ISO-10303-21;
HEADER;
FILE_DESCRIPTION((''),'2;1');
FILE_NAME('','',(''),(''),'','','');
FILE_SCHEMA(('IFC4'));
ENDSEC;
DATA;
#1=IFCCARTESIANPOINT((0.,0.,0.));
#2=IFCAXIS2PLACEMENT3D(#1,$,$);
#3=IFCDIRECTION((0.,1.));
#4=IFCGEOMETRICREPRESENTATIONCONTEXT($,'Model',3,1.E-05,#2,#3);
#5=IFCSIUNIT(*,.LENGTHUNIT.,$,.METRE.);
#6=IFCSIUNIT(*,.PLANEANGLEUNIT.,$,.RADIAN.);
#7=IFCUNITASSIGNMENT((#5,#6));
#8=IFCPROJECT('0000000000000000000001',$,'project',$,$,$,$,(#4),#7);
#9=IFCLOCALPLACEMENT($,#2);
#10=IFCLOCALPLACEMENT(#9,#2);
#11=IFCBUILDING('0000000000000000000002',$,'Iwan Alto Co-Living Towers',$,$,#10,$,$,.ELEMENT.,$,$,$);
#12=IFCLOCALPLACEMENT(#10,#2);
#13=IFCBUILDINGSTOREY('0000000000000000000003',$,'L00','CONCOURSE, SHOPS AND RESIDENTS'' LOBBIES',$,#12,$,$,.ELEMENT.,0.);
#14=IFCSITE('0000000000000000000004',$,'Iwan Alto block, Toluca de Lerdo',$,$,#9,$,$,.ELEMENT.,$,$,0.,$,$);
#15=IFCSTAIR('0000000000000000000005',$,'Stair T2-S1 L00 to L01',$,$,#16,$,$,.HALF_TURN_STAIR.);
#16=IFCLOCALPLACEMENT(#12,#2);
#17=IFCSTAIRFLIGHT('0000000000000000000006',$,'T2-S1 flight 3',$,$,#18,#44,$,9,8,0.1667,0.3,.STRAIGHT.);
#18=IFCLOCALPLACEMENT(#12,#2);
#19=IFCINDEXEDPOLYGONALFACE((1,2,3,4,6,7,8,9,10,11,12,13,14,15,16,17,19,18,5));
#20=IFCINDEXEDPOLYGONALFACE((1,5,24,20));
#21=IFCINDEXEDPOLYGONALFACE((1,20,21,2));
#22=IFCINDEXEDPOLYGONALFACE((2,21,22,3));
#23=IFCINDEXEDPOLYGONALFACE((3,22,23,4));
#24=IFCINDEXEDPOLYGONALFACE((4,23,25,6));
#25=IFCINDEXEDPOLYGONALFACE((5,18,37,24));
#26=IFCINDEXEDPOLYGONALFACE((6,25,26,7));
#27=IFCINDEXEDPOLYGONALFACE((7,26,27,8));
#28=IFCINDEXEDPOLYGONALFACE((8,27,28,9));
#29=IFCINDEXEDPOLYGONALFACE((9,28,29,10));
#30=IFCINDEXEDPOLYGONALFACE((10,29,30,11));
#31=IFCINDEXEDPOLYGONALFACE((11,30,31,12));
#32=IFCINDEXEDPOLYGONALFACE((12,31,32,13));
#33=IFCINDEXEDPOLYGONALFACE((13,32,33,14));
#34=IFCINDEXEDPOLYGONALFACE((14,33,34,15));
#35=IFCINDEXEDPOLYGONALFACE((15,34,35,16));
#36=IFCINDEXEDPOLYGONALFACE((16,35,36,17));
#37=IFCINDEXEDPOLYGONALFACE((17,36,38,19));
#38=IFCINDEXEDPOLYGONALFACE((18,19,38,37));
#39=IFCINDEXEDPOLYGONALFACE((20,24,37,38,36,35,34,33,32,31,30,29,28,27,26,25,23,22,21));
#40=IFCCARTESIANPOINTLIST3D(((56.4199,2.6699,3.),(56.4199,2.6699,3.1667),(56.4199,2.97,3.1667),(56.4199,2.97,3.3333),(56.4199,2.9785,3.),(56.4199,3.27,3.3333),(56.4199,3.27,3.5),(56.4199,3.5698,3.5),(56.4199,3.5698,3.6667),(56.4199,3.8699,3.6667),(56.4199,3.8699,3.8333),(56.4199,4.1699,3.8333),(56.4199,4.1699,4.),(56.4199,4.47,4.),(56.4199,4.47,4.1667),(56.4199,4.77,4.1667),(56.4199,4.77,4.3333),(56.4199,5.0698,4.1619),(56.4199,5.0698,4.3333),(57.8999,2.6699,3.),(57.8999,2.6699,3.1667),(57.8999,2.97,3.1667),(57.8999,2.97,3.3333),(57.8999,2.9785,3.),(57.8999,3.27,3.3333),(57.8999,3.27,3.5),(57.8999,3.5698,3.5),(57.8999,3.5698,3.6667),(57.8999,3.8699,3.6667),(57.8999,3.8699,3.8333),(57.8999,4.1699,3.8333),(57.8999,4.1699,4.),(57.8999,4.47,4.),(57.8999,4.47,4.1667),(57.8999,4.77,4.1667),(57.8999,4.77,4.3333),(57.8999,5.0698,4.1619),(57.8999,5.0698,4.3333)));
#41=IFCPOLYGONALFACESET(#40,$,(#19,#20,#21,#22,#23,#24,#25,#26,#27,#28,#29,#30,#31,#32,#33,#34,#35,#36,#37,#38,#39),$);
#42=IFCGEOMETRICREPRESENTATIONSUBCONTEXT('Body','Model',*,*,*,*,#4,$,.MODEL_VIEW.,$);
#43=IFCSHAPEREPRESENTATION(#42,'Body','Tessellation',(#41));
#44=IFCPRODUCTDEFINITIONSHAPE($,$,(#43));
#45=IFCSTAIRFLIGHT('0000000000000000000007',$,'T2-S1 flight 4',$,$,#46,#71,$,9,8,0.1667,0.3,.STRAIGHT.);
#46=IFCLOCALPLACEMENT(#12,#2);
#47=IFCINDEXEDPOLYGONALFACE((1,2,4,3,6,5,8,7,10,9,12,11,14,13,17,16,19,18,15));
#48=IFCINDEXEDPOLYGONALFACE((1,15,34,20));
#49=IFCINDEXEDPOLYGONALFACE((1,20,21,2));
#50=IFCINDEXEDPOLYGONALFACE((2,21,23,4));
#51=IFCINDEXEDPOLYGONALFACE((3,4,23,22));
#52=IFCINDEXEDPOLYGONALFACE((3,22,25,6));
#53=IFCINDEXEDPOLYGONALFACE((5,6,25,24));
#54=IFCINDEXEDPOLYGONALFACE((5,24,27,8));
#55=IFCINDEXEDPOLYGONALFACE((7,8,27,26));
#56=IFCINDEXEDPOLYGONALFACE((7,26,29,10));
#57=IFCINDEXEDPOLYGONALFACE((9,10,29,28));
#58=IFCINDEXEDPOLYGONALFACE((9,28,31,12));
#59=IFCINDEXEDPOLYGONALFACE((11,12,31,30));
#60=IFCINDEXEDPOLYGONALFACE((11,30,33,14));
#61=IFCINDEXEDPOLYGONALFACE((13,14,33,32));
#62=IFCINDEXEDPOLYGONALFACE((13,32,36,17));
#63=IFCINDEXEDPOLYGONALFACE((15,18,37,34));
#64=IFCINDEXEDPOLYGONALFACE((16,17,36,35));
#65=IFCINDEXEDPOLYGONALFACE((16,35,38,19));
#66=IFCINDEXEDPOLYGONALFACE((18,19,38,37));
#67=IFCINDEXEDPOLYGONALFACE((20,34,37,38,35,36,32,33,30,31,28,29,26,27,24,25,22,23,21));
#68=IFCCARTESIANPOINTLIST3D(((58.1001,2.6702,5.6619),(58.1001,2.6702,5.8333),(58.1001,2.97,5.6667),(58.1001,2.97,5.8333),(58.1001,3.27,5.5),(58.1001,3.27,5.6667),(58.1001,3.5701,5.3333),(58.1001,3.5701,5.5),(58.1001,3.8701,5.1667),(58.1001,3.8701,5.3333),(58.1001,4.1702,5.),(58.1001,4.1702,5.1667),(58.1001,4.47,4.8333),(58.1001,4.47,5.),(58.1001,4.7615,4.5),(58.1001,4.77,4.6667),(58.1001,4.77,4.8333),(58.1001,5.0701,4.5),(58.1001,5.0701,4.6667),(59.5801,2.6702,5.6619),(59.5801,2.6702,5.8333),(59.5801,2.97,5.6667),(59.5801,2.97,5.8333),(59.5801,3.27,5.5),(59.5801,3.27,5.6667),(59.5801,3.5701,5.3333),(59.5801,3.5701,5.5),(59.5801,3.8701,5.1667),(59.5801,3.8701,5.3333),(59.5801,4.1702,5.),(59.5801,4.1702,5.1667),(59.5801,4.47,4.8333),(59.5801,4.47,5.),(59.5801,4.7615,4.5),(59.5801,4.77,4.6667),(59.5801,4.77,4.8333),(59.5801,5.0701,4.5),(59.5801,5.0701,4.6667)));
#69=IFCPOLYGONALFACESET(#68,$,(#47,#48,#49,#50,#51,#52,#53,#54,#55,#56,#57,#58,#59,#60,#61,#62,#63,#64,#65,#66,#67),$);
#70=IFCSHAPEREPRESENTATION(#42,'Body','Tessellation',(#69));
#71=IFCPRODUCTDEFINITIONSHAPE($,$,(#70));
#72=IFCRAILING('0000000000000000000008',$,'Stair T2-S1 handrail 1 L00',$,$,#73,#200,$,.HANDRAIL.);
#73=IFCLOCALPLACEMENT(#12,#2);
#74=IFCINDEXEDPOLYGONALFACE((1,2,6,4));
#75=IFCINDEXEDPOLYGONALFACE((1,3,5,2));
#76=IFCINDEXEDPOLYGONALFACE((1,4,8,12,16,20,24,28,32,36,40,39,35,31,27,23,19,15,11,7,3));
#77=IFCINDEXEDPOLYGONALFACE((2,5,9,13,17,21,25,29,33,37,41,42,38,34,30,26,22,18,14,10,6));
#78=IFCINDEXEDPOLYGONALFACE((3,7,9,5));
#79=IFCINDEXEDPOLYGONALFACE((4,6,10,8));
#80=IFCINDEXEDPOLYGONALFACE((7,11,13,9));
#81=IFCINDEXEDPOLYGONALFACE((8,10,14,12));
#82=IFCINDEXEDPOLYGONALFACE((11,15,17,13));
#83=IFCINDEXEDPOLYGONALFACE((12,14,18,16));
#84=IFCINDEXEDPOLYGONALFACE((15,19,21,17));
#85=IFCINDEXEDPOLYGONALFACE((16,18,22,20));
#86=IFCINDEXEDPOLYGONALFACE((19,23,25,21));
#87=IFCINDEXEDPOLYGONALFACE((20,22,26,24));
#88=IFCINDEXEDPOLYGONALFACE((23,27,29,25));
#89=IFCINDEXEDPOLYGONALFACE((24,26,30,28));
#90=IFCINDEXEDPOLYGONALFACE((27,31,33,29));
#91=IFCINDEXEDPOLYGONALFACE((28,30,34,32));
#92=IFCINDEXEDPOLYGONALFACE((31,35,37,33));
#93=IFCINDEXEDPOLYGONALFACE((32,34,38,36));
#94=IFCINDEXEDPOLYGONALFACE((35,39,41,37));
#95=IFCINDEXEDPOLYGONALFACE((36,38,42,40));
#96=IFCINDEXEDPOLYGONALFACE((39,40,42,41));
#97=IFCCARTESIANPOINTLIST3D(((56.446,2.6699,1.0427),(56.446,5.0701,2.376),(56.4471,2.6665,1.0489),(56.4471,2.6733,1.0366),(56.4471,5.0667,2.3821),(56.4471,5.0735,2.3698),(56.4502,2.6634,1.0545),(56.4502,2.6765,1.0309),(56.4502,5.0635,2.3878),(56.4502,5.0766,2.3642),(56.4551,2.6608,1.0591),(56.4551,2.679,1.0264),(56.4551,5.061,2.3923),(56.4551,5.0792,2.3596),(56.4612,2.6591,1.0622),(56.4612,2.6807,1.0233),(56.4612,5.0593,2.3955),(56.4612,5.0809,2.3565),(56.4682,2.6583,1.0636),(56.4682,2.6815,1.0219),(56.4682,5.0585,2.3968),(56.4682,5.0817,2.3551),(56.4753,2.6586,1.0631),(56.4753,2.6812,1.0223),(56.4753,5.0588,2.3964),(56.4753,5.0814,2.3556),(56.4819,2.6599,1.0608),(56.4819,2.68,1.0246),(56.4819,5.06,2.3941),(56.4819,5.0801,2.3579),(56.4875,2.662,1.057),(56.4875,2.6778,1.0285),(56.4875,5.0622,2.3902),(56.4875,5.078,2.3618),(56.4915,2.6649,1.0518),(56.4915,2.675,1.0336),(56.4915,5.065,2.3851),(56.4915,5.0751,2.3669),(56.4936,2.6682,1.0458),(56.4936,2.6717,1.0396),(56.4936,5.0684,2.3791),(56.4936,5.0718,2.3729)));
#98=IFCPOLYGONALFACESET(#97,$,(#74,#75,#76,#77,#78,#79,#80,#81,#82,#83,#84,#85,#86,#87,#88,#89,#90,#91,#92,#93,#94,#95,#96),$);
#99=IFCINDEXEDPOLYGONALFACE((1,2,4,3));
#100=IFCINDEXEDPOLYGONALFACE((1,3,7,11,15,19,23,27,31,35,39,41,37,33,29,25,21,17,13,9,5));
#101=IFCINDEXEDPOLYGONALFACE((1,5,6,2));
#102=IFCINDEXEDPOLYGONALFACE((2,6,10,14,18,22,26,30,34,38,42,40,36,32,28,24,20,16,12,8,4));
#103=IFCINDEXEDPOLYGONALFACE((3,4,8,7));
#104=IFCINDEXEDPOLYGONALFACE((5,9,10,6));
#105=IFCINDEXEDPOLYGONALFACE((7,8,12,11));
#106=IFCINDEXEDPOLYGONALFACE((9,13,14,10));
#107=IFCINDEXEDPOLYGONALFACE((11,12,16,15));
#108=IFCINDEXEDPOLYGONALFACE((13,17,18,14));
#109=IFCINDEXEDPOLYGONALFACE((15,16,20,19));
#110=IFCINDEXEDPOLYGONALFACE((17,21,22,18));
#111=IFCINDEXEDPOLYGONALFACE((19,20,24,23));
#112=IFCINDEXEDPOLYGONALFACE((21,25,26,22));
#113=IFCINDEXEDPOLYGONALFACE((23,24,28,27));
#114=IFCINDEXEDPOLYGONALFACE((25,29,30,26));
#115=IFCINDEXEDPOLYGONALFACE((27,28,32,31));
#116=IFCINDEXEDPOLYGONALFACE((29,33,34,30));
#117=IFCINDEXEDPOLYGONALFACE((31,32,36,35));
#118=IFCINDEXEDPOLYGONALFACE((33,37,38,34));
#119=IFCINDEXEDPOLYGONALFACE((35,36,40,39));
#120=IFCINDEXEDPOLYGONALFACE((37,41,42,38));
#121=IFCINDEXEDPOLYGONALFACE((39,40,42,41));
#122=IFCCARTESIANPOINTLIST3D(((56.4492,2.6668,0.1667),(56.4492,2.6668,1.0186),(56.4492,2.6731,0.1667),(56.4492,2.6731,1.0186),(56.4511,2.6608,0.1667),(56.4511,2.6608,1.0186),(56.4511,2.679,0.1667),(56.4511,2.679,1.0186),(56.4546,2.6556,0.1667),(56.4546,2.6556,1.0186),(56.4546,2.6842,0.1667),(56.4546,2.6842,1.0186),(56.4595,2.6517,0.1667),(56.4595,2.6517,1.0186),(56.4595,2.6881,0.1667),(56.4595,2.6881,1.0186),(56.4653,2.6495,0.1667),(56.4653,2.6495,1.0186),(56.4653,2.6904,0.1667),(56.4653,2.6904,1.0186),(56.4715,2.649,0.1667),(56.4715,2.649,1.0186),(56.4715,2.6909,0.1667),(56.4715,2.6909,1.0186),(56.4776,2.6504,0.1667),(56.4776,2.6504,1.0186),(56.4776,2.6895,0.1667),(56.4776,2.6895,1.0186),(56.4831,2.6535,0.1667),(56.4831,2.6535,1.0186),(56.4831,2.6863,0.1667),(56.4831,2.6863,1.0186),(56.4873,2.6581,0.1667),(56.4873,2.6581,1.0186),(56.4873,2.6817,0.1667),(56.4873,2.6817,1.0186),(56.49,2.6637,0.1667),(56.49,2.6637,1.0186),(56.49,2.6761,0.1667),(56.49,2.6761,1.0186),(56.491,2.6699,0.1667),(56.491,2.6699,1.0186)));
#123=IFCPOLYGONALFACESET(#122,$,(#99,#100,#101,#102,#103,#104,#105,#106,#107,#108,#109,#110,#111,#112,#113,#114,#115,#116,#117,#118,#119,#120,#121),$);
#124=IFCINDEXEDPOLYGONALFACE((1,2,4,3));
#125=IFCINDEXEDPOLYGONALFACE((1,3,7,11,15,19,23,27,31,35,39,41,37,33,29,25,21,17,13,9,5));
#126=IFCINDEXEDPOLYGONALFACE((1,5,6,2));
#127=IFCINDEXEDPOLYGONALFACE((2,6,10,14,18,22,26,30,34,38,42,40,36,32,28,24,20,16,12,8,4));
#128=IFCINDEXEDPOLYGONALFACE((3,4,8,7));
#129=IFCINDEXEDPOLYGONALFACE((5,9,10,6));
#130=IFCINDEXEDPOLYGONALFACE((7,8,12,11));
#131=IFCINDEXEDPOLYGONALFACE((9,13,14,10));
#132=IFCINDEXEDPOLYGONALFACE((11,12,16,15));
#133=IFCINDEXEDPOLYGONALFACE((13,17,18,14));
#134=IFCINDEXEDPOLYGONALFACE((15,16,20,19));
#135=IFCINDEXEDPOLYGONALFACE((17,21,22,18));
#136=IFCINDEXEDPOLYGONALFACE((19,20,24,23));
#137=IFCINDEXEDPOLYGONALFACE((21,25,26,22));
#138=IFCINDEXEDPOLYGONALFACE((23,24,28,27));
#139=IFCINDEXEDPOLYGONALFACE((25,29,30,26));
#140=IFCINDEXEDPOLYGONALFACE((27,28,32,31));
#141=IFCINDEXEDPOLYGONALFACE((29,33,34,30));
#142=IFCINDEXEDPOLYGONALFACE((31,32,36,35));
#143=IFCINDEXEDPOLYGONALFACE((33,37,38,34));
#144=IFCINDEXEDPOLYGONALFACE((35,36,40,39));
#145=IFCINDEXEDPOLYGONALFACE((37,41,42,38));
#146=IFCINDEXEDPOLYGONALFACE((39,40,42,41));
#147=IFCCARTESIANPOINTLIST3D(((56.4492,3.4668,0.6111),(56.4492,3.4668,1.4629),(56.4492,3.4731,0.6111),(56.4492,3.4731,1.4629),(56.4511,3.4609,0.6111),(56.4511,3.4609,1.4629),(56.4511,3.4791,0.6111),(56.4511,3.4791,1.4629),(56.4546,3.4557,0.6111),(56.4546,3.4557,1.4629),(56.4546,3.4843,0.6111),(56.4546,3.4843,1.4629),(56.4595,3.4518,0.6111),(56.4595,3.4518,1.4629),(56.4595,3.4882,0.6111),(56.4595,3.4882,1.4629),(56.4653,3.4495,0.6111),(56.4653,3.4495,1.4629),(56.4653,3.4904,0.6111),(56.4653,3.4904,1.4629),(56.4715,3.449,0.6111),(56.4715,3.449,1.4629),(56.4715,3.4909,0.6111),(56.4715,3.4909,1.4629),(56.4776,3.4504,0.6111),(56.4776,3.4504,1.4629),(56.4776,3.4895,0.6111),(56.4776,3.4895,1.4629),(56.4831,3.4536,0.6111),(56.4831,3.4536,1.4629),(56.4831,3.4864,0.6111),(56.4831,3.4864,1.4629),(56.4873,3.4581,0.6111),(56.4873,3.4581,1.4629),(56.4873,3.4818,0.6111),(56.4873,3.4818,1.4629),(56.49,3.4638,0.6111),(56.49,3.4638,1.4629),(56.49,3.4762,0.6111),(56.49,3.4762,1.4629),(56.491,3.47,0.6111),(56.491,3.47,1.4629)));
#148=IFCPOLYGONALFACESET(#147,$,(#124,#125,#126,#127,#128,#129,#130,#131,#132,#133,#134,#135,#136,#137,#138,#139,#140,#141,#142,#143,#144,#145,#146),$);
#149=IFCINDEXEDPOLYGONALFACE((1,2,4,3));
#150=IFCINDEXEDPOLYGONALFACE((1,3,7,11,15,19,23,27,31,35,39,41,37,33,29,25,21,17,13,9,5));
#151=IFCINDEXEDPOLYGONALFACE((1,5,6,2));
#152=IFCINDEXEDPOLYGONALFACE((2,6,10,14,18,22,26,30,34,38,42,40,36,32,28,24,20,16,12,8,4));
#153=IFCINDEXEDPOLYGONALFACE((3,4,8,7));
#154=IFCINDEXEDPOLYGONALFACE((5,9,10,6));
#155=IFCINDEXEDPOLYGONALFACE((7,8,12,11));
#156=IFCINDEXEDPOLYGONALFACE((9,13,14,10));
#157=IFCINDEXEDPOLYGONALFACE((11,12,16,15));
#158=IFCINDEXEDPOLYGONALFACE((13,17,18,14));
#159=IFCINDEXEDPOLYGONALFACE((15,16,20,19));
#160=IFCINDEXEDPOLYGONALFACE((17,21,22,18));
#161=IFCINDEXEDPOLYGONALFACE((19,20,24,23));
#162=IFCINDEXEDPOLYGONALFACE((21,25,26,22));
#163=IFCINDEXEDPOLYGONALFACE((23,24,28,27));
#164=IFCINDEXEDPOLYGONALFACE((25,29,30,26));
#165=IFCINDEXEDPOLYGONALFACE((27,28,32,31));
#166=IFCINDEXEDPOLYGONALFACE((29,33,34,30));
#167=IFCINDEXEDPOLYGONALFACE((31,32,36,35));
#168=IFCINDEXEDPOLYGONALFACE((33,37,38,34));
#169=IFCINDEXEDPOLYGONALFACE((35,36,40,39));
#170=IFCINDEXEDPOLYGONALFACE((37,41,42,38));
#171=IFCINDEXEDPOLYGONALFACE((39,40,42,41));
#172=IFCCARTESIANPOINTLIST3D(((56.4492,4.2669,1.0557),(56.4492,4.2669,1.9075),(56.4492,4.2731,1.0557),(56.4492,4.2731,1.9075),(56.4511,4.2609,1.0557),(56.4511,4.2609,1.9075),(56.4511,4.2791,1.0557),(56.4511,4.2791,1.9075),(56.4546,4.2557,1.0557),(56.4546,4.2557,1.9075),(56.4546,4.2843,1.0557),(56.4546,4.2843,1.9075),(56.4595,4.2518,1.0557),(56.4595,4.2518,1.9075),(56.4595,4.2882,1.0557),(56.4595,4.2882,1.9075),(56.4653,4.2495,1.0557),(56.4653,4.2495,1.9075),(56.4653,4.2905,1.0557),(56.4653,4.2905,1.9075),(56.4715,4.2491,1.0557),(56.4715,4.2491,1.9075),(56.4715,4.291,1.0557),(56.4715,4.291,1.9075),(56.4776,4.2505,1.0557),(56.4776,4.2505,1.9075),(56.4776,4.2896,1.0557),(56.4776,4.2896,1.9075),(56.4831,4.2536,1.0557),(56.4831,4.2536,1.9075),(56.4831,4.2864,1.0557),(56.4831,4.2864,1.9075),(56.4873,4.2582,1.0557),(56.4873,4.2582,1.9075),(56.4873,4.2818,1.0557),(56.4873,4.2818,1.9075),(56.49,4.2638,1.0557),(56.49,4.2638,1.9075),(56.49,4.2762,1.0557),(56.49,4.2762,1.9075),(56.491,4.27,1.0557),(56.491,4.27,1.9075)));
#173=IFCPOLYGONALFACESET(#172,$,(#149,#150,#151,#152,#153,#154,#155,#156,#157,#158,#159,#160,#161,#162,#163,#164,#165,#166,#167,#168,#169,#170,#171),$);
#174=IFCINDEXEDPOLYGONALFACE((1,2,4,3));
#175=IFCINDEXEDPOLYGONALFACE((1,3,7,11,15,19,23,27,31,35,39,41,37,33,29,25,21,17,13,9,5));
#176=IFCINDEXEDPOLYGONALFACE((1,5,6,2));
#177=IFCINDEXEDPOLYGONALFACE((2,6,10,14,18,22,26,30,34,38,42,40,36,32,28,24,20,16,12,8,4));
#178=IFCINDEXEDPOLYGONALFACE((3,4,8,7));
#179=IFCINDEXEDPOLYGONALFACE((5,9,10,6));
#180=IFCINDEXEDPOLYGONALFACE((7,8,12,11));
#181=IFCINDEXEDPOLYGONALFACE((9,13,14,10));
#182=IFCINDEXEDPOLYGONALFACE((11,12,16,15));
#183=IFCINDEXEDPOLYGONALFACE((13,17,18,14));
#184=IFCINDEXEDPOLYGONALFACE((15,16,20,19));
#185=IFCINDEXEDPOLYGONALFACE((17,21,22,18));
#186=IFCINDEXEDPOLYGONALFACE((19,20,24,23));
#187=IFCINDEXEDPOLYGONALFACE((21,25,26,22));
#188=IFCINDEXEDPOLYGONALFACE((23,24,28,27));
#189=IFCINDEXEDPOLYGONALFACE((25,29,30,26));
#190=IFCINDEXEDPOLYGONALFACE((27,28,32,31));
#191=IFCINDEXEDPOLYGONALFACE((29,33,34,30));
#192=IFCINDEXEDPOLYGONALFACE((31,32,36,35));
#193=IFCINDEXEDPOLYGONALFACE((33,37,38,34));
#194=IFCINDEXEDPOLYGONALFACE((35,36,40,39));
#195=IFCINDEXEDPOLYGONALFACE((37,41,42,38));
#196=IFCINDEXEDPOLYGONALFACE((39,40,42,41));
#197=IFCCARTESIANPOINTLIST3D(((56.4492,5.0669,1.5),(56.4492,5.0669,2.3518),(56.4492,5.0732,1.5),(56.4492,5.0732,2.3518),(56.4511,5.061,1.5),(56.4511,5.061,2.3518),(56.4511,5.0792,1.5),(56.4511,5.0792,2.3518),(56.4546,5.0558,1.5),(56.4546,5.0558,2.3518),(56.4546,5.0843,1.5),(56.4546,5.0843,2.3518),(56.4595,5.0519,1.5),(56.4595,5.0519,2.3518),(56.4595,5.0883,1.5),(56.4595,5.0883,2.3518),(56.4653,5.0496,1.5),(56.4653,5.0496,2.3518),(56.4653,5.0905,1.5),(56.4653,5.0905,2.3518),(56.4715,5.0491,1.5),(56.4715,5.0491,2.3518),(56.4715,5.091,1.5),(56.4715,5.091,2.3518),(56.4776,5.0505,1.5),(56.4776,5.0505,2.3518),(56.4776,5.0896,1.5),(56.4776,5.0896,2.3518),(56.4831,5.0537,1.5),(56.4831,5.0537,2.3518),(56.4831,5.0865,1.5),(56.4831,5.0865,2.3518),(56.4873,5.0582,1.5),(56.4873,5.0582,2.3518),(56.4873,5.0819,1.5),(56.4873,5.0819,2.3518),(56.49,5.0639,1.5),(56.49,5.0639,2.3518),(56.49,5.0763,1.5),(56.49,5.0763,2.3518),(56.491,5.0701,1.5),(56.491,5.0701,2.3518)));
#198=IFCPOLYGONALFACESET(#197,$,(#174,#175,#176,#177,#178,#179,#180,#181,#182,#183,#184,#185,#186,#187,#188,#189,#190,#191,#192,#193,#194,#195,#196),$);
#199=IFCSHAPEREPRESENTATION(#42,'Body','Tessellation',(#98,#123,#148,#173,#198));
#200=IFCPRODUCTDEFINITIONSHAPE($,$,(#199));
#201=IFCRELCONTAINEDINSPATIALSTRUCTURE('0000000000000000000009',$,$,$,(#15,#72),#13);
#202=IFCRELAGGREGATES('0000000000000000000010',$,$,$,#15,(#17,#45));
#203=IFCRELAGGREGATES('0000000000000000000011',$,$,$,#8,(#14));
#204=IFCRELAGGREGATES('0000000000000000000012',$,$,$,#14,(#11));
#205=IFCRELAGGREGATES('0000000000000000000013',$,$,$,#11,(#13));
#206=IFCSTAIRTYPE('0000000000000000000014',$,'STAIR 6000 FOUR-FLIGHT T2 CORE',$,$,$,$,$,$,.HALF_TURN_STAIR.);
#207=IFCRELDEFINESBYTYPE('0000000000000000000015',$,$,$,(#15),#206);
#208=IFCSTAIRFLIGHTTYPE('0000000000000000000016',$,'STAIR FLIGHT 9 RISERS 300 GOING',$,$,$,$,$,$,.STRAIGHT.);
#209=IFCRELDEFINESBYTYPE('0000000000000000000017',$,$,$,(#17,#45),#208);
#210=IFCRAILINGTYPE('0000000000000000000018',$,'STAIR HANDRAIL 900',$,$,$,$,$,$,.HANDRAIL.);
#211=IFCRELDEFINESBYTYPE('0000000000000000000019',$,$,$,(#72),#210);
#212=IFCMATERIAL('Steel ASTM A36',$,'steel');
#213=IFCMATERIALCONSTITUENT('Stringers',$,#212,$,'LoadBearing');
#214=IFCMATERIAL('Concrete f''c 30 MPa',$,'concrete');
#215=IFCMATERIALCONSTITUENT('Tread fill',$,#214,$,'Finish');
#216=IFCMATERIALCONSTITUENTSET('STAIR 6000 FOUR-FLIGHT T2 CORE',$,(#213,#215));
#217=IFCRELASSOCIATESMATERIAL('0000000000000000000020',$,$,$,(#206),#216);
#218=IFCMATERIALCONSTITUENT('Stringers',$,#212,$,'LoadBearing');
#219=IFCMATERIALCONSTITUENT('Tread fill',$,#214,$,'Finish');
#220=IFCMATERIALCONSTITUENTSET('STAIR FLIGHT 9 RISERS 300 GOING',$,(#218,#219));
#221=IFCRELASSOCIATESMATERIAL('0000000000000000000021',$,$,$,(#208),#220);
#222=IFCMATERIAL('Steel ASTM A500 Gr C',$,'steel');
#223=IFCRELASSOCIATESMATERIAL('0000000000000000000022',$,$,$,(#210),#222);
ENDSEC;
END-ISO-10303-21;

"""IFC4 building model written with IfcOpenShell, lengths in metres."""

from ifc_helpers import new_model, si_unit, direction, frame, origin, origin_2d, place, context, subcontext, project, spatial, polyline, circle, outline, extrude, material, constituent, constituent_set, type_object, element, aggregate, save


model = new_model("IFC4")

# Units and contexts
model_context = context("Model", 3, precision=1e-05, world=origin(), true_north=direction((0.0, 1.0)))
body_context = subcontext(model_context, "Body", "Model", "MODEL_VIEW")
ifc_project = project(units=[si_unit("LENGTHUNIT", "METRE"), si_unit("PLANEANGLEUNIT", "RADIAN")], contexts=[model_context])

# Site, building, storey
site_placement = place(None, origin())
site = spatial("IfcSite", under=ifc_project, at=site_placement, Name="Iwan Alto block, Toluca de Lerdo", CompositionType="ELEMENT", RefElevation=0.0)
building_placement = place(site_placement, origin())
building = spatial("IfcBuilding", under=site, at=building_placement, Name="Iwan Alto Co-Living Towers", CompositionType="ELEMENT")
storey_placement = place(building_placement, origin())
storey = spatial("IfcBuildingStorey", under=building, at=storey_placement, Name="L00", Description="CONCOURSE, SHOPS AND RESIDENTS' LOBBIES", CompositionType="ELEMENT", Elevation=0.0)

# Stair, stair flights
ifc_material_1 = material(Name="Steel ASTM A36", Category="steel")
ifc_constituent_1 = constituent(ifc_material_1, Name="Stringers", Category="LoadBearing")
ifc_material_2 = material(Name="Concrete f'c 30 MPa", Category="concrete")
ifc_constituent_2 = constituent(ifc_material_2, Name="Tread fill", Category="Finish")
ifc_constituent_set_1 = constituent_set(constituents=[ifc_constituent_1, ifc_constituent_2], Name="STAIR 6000 FOUR-FLIGHT T2 CORE")
stair_type = type_object("IfcStairType", Name="STAIR 6000 FOUR-FLIGHT T2 CORE", PredefinedType="HALF_TURN_STAIR", material=ifc_constituent_set_1)
stair_placement = place(storey_placement, origin())
stair = element("IfcStair", 1, at=stair_placement, inside=storey, type_object=stair_type, Name="Stair T2-S1 L00 to L01", PredefinedType="HALF_TURN_STAIR")
ifc_constituent_3 = constituent(ifc_material_1, Name="Stringers", Category="LoadBearing")
ifc_constituent_4 = constituent(ifc_material_2, Name="Tread fill", Category="Finish")
ifc_constituent_set_2 = constituent_set(constituents=[ifc_constituent_3, ifc_constituent_4], Name="STAIR FLIGHT 9 RISERS 300 GOING")
stair_flight_type = type_object("IfcStairFlightType", Name="STAIR FLIGHT 9 RISERS 300 GOING", PredefinedType="STRAIGHT", material=ifc_constituent_set_2)
stair_flight_1_placement = place(storey_placement, frame((57.1599, 2.6699, 3.0), z_axis=(0.0, 0.0, 1.0), x_axis=(0.0, 1.0, 0.0)))
stair_flight_1 = element("IfcStairFlight", 2, at=stair_flight_1_placement, type_object=stair_flight_type, Name="T2-S1 flight 3", NumberOfRisers=9, NumberOfTreads=8, PredefinedType="STRAIGHT", RiserHeight=0.1667, TreadLength=0.3, context=body_context, shape_type="SweptSolid", body=[
    extrude(outline(polyline([(0.0, 0.0), (0.0, 0.1667), (0.3, 0.1667), (0.3, 0.3333), (0.6001, 0.3333), (0.6001, 0.5), (0.8999, 0.5), (0.8999, 0.6667), (1.2, 0.6667), (1.2, 0.8333), (1.5, 0.8333), (1.5, 1.0), (1.8, 1.0), (1.8, 1.1667), (2.1001, 1.1667), (2.1001, 1.3333), (2.3999, 1.3333), (2.3999, 1.5), (2.3999, 1.1619), (0.3086, 0.0), (0.0, 0.0)])), frame((0.0, 0.74, 0.0), z_axis=(0.0, -1.0, 0.0), x_axis=(1.0, 0.0, 0.0)), (0.0, 0.0, 1.0), 1.48),
])
stair_flight_2_placement = place(storey_placement, frame((58.8401, 5.0701, 4.5), z_axis=(0.0, 0.0, 1.0), x_axis=(0.0, -1.0, 0.0)))
stair_flight_2 = element("IfcStairFlight", 3, at=stair_flight_2_placement, type_object=stair_flight_type, Name="T2-S1 flight 4", NumberOfRisers=9, NumberOfTreads=8, PredefinedType="STRAIGHT", RiserHeight=0.1667, TreadLength=0.3, context=body_context, shape_type="SweptSolid", body=[
    extrude(outline(polyline([(0.0, 0.0), (0.0, 0.1667), (0.3, 0.1667), (0.3, 0.3333), (0.6001, 0.3333), (0.6001, 0.5), (0.8999, 0.5), (0.8999, 0.6667), (1.2, 0.6667), (1.2, 0.8333), (1.5, 0.8333), (1.5, 1.0), (1.8, 1.0), (1.8, 1.1667), (2.1001, 1.1667), (2.1001, 1.3333), (2.3999, 1.3333), (2.3999, 1.5), (2.3999, 1.1619), (0.3086, 0.0), (0.0, 0.0)])), frame((0.0, 0.74, 0.0), z_axis=(0.0, -1.0, 0.0), x_axis=(1.0, 0.0, 0.0)), (0.0, 0.0, 1.0), 1.48),
])
aggregate(stair, [stair_flight_1, stair_flight_2])

# Railing
ifc_material_3 = material(Name="Steel ASTM A500 Gr C", Category="steel")
railing_type_1 = type_object("IfcRailingType", Name="STAIR HANDRAIL 900", PredefinedType="HANDRAIL", material=ifc_material_3)
railing_1_placement = place(storey_placement, frame((56.47, 2.6699, 0.1667)))
element("IfcRailing", 4, at=railing_1_placement, inside=storey, type_object=railing_type_1, Name="Stair T2-S1 handrail 1 L00", PredefinedType="HANDRAIL", context=body_context, shape_type="SweptSolid", body=[
    extrude(circle(Radius=0.0239, at=origin_2d()), frame((0.0, 0.0, 0.876), z_axis=(0.0, 0.874182, 0.485598), x_axis=(-1.0, 0.0, 0.0)), (0.0, 0.0, 1.0), 2.7456),
    extrude(circle(Radius=0.021, at=origin_2d()), origin(), (0.0, 0.0, 1.0), 0.8518),
    extrude(circle(Radius=0.021, at=origin_2d()), frame((0.0, 0.8, 0.4443)), (0.0, 0.0, 1.0), 0.8518),
    extrude(circle(Radius=0.021, at=origin_2d()), frame((0.0, 1.6001, 0.8889)), (0.0, 0.0, 1.0), 0.8518),
    extrude(circle(Radius=0.021, at=origin_2d()), frame((0.0, 2.4001, 1.3333)), (0.0, 0.0, 1.0), 0.8518),
])

save(model, "model.ifc")
